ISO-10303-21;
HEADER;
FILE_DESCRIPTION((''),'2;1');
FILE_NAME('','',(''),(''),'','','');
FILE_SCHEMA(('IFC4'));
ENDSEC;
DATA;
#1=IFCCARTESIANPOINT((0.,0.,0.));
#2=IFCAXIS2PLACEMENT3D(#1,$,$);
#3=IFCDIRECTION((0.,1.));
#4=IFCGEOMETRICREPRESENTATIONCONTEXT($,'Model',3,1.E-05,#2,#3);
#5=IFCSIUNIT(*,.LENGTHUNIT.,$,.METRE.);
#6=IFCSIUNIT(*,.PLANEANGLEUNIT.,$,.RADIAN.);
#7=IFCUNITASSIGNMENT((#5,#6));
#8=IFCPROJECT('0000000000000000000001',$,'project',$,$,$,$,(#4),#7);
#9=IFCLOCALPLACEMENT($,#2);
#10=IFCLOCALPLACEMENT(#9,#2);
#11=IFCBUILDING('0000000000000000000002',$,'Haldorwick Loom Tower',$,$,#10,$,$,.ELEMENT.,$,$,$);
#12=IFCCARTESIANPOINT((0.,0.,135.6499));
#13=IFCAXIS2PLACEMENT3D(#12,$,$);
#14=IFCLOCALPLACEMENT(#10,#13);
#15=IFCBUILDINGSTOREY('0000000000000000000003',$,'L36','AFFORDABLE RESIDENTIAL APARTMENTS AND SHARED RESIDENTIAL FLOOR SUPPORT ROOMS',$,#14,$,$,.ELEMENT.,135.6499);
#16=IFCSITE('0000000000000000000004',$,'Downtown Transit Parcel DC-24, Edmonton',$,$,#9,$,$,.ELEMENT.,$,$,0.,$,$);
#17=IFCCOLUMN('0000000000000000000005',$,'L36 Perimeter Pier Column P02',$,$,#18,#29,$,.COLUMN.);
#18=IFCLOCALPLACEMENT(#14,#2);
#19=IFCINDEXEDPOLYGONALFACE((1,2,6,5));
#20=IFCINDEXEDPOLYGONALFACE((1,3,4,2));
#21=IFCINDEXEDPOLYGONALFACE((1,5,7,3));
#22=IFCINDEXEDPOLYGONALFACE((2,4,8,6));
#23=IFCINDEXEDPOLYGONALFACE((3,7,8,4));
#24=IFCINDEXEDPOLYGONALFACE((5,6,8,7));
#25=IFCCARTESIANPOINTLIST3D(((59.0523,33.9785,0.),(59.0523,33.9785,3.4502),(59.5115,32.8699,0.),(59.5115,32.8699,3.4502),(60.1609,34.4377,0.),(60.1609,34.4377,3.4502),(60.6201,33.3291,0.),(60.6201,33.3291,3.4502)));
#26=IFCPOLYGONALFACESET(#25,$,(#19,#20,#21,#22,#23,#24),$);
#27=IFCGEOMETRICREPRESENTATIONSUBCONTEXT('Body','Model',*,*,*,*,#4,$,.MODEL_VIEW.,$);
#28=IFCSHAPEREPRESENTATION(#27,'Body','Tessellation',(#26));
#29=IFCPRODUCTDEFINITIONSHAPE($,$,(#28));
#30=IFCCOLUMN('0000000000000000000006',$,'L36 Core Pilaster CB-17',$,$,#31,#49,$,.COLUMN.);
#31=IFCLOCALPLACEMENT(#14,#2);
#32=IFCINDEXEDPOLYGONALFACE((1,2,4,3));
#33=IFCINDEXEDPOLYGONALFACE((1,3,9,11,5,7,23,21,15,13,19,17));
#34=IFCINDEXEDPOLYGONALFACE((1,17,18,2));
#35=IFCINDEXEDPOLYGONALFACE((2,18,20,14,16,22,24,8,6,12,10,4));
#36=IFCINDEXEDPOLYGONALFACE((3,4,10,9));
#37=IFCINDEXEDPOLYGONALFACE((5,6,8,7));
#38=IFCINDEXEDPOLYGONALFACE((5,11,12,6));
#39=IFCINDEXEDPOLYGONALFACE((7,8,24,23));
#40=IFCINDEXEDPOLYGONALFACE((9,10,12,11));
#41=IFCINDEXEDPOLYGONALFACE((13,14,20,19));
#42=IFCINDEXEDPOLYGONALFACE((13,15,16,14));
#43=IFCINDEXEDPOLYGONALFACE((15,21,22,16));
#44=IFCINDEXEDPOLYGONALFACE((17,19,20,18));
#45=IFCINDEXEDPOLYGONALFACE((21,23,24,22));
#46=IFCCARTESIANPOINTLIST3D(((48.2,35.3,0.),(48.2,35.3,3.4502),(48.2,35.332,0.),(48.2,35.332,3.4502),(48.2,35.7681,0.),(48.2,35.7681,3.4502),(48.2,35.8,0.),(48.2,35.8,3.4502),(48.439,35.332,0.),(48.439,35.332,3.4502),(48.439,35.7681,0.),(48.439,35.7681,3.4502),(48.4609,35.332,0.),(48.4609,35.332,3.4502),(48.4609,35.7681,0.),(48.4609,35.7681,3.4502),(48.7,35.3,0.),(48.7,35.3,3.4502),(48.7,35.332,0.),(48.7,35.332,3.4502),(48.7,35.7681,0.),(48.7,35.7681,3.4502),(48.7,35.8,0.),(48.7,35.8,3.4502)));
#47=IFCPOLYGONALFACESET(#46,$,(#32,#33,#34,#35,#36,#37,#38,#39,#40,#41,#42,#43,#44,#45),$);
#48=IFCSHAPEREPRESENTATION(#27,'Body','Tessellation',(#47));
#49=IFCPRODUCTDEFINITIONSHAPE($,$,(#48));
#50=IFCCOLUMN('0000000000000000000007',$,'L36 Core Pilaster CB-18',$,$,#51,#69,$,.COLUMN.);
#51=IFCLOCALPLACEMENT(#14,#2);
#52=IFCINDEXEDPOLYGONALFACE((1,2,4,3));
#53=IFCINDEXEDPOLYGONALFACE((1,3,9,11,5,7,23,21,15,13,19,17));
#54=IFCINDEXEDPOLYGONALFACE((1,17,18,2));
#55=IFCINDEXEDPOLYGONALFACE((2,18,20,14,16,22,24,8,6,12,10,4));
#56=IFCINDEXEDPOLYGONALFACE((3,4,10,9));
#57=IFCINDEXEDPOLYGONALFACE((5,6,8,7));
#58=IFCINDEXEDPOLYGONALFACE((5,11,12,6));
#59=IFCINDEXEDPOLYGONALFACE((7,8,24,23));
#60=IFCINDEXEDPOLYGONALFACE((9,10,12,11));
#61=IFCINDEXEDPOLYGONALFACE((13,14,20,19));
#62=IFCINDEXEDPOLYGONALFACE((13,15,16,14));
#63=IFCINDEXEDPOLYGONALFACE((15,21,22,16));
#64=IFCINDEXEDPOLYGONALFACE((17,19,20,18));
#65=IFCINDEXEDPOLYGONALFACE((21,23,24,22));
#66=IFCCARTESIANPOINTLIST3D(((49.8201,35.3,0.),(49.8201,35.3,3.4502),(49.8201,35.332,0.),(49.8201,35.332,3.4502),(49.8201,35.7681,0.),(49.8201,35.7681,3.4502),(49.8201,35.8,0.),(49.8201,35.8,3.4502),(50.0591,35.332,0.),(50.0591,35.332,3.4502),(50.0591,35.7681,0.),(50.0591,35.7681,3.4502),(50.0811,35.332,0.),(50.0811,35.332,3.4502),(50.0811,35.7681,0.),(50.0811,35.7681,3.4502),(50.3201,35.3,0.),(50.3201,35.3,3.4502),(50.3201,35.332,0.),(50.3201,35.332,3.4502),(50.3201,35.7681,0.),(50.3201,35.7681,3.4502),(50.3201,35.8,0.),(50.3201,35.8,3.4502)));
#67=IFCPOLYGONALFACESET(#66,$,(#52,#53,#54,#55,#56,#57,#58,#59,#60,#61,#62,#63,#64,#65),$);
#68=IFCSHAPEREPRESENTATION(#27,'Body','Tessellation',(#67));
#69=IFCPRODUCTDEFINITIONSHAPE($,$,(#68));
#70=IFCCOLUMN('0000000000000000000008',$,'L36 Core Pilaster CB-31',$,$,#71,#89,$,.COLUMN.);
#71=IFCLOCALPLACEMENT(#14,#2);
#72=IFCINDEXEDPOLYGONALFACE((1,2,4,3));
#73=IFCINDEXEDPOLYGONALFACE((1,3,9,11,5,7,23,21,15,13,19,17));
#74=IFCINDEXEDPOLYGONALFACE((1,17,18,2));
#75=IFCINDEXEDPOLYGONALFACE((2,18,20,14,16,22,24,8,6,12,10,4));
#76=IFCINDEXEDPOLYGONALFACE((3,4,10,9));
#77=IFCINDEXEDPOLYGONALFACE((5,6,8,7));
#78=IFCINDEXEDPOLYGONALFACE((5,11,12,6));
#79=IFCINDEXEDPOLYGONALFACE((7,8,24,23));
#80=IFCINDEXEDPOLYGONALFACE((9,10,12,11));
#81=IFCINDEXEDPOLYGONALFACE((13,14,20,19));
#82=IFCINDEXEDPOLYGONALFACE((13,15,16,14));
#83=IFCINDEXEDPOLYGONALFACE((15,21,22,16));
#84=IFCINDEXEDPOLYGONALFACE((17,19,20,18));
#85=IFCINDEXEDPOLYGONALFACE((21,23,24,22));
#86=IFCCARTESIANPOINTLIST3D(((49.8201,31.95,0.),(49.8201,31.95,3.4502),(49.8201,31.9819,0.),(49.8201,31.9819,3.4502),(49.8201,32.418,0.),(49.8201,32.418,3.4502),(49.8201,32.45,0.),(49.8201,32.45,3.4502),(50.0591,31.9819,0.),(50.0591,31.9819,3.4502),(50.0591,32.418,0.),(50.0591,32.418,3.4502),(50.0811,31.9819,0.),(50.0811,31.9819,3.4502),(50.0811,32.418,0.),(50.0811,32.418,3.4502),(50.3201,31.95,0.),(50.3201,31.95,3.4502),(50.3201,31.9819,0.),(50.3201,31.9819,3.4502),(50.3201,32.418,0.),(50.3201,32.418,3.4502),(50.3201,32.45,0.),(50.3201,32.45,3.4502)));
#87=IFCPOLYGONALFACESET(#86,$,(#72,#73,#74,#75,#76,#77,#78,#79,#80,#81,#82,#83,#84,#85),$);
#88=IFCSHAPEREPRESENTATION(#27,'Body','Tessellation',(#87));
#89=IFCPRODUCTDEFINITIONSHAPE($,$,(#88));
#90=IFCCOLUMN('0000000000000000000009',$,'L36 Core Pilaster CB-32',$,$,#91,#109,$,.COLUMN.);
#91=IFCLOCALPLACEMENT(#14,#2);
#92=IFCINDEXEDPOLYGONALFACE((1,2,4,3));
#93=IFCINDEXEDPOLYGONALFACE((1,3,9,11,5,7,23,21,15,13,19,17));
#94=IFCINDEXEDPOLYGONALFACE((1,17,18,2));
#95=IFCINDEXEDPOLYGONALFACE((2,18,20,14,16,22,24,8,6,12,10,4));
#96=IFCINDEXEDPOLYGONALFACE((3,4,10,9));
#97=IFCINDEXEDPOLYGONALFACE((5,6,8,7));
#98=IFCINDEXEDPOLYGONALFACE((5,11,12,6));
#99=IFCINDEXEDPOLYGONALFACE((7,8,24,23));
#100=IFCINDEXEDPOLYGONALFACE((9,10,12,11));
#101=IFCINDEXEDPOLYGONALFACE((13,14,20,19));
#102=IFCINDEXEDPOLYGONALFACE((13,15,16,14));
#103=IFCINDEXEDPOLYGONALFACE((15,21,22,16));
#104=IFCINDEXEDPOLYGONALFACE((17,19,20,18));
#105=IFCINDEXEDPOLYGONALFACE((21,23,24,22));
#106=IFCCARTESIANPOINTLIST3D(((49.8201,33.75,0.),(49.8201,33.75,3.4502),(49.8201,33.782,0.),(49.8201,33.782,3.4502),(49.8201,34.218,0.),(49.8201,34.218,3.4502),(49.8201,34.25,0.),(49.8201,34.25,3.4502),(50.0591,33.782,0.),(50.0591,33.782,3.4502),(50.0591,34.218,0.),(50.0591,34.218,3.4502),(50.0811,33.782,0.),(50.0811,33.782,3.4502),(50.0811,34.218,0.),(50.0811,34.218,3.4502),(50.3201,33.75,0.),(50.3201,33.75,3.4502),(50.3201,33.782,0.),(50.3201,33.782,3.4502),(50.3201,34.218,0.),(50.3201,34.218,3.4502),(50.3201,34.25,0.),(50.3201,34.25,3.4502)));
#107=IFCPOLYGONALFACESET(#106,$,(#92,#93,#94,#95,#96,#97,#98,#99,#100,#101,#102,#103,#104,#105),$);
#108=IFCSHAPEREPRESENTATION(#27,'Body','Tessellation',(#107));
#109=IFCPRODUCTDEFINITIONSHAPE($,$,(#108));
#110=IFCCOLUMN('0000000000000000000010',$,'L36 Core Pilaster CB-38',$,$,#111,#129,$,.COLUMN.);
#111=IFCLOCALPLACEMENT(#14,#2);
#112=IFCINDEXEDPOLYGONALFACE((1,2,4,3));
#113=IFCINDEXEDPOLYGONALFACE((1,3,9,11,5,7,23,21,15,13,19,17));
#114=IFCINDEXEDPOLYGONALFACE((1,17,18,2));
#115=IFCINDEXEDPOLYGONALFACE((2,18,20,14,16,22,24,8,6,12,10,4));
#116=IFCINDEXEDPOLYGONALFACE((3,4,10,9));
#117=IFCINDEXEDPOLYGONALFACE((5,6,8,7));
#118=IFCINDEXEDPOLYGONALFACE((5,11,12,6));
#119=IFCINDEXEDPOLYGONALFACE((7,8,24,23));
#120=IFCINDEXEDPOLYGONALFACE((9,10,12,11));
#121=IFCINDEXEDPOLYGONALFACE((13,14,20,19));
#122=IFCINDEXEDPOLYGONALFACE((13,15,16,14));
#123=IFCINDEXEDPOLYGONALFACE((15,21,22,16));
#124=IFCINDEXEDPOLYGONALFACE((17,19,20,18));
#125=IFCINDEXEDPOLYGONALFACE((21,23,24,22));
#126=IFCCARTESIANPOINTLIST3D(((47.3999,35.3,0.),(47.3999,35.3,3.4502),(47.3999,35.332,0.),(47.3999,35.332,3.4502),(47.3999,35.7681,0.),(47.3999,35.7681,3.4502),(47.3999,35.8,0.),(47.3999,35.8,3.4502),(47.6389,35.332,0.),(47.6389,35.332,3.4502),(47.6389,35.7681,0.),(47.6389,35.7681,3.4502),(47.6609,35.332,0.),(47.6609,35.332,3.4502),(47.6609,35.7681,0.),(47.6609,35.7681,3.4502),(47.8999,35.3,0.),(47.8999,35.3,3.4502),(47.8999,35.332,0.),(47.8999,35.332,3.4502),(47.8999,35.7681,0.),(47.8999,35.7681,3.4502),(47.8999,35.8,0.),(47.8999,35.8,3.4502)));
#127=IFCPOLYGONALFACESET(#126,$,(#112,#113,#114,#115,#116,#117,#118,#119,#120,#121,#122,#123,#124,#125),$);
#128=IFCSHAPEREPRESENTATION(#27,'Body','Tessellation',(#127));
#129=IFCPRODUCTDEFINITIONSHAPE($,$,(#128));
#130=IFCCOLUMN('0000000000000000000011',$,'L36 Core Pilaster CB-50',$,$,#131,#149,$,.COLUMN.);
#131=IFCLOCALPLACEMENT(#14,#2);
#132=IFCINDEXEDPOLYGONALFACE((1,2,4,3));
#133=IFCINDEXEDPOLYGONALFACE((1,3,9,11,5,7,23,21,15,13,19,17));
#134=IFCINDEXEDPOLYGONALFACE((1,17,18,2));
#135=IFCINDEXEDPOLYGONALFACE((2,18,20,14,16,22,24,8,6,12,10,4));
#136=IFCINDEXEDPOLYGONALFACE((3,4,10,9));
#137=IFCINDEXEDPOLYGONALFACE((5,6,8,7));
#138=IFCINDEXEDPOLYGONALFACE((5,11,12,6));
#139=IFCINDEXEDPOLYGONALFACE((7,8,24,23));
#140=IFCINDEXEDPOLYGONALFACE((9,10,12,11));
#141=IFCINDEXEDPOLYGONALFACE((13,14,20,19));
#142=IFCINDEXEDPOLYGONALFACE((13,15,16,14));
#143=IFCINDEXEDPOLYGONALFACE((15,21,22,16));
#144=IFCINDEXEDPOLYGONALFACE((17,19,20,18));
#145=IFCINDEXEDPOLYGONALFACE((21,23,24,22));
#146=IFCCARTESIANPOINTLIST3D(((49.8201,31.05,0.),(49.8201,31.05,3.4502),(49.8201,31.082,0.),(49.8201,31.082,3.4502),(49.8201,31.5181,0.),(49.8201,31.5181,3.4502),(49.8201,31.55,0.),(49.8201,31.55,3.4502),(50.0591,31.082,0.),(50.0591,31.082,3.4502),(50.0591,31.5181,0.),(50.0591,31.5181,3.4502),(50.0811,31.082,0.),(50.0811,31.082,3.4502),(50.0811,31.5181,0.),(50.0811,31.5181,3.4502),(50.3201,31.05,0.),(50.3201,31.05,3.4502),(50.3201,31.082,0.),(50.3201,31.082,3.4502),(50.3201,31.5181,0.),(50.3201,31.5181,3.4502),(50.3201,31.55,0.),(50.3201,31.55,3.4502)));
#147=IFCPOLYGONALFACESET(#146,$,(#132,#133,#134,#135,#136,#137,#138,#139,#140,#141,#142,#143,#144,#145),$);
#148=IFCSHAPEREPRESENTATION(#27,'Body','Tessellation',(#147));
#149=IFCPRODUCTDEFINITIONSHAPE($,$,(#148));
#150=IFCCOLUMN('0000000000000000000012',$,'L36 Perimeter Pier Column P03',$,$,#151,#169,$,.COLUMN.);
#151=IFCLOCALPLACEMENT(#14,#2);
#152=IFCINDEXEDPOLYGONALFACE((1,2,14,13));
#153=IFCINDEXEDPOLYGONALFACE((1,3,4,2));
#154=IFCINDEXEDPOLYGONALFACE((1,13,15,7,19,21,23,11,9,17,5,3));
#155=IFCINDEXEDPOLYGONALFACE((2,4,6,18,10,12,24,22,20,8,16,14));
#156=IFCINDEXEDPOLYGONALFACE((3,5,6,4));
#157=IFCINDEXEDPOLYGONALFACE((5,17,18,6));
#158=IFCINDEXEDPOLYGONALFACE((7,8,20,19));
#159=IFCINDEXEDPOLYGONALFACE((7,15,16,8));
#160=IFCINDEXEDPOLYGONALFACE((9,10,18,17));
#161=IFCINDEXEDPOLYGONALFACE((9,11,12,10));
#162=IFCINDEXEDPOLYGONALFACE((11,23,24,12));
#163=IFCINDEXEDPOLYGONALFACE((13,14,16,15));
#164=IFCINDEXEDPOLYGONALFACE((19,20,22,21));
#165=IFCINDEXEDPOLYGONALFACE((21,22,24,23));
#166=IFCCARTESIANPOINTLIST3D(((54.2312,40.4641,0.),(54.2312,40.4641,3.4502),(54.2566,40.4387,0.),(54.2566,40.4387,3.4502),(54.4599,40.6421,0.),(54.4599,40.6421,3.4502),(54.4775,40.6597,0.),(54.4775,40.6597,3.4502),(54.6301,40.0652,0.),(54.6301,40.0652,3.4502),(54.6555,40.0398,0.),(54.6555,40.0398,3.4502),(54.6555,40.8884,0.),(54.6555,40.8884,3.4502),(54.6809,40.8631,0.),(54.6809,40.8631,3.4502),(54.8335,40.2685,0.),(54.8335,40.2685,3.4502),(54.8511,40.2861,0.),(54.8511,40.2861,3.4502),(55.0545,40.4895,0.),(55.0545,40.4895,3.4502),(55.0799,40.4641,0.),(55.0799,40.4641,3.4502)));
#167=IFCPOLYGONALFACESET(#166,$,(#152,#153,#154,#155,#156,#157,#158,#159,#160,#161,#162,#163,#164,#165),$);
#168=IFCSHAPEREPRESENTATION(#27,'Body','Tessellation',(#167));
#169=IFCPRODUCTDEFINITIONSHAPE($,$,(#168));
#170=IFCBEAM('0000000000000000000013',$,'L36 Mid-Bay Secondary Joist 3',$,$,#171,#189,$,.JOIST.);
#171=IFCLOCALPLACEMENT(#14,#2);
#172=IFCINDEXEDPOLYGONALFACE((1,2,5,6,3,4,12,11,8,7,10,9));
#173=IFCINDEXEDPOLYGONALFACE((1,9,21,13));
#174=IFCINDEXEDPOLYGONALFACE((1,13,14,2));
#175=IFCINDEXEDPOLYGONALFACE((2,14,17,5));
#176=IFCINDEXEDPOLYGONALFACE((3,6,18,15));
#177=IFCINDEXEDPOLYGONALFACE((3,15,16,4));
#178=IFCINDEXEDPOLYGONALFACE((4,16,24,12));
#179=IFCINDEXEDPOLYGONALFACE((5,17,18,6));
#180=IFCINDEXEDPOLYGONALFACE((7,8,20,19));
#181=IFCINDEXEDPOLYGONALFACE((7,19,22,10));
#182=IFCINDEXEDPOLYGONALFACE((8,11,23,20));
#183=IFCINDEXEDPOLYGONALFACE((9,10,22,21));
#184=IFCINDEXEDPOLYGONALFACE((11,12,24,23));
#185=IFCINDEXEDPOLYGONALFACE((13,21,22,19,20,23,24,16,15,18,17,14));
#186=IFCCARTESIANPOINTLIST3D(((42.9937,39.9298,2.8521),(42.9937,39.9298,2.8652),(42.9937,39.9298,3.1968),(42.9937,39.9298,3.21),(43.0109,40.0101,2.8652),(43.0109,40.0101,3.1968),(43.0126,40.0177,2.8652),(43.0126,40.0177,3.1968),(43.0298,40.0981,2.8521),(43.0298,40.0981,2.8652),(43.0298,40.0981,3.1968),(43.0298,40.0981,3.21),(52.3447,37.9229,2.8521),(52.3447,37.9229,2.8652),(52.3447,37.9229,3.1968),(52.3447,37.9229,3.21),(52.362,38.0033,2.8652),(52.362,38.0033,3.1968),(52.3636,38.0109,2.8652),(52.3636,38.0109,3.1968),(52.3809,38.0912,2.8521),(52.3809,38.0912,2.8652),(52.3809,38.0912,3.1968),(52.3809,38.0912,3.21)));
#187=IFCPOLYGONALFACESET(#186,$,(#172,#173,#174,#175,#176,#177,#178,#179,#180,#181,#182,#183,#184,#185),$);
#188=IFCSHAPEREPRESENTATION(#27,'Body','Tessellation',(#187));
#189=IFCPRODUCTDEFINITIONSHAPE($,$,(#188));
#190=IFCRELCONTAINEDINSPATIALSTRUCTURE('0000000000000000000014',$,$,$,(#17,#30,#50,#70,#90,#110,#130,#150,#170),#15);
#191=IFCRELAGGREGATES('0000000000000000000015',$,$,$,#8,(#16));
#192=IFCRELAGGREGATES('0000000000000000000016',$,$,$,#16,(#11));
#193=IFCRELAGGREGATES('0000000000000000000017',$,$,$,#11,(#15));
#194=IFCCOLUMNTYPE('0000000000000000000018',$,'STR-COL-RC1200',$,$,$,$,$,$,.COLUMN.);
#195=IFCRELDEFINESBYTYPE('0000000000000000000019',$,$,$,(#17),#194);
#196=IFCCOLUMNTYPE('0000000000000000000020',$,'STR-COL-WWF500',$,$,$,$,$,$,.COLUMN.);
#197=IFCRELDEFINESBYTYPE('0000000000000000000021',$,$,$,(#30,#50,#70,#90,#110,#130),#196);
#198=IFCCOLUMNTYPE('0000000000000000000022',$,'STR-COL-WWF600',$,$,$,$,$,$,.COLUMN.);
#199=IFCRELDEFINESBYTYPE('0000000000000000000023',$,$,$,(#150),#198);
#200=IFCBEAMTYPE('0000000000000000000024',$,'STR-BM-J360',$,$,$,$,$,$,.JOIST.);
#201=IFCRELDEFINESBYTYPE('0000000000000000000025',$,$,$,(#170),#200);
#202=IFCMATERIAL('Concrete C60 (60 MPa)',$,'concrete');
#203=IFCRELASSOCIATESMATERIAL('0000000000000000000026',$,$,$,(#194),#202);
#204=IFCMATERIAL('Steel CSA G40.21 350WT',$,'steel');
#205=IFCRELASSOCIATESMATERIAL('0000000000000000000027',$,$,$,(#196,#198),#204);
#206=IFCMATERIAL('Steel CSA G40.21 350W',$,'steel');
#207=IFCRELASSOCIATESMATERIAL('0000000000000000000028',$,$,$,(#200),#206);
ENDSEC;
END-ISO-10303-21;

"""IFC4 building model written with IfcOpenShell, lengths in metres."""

from ifc_helpers import new_model, si_unit, direction, frame, origin, origin_2d, place, context, subcontext, project, spatial, rectangle, i_section, extrude, material, material_profile, profile_set, type_object, element, save


model = new_model("IFC4")

# Units and contexts
model_context = context("Model", 3, precision=1e-05, world=origin(), true_north=direction((0.0, 1.0)))
body_context = subcontext(model_context, "Body", "Model", "MODEL_VIEW")
ifc_project = project(units=[si_unit("LENGTHUNIT", "METRE"), si_unit("PLANEANGLEUNIT", "RADIAN")], contexts=[model_context])

# Site, building, storey
site_placement = place(None, origin())
site = spatial("IfcSite", under=ifc_project, at=site_placement, Name="Downtown Transit Parcel DC-24, Edmonton", CompositionType="ELEMENT", RefElevation=0.0)
building_placement = place(site_placement, origin())
building = spatial("IfcBuilding", under=site, at=building_placement, Name="Haldorwick Loom Tower", CompositionType="ELEMENT")
storey_placement = place(building_placement, frame((0.0, 0.0, 135.6499)))
storey = spatial("IfcBuildingStorey", under=building, at=storey_placement, Name="L36", Description="AFFORDABLE RESIDENTIAL APARTMENTS AND SHARED RESIDENTIAL FLOOR SUPPORT ROOMS", CompositionType="ELEMENT", Elevation=135.6499)

# Columns
ifc_material_1 = material(Name="Concrete C60 (60 MPa)", Category="concrete")
ifc_material_profile_1 = material_profile(ifc_material_1, rectangle(XDim=1.2, YDim=1.2, at=origin_2d()), Name="RC1200X1200", Category="concrete")
ifc_profile_set_1 = profile_set([ifc_material_profile_1], Name="Concrete C60 (60 MPa)")
column_type_1 = type_object("IfcColumnType", Name="STR-COL-RC1200", PredefinedType="COLUMN", material=ifc_profile_set_1)
column_1_placement = place(storey_placement, frame((59.8362, 33.6538, 0.0), z_axis=(0.0, 0.0, 1.0), x_axis=(0.92388, 0.382683, 0.0)))
element("IfcColumn", 1, at=column_1_placement, inside=storey, type_object=column_type_1, Name="L36 Perimeter Pier Column P02", PredefinedType="COLUMN", context=body_context, shape_type="SweptSolid", body=[
    extrude(rectangle(XDim=1.2, YDim=1.2, at=origin_2d()), origin(), (0.0, 0.0, 1.0), 3.4502),
])
ifc_material_2 = material(Name="Steel CSA G40.21 350WT", Category="steel")
ifc_material_profile_2 = material_profile(ifc_material_2, i_section(OverallWidth=0.5, OverallDepth=0.5, WebThickness=0.022, FlangeThickness=0.032, at=origin_2d()), Name="WWF500X500", Category="steel")
ifc_profile_set_2 = profile_set([ifc_material_profile_2], Name="Steel CSA G40.21 350WT")
column_type_2 = type_object("IfcColumnType", Name="STR-COL-WWF500", PredefinedType="COLUMN", material=ifc_profile_set_2)
for number, where, z_axis, x_axis, name in (
    (2, (48.45, 35.55, 0.0), (0.0, 0.0, 1.0), (1.0, 0.0, 0.0), "L36 Core Pilaster CB-17"),
    (3, (50.0701, 35.55, 0.0), (0.0, 0.0, 1.0), (1.0, 0.0, 0.0), "L36 Core Pilaster CB-18"),
    (4, (50.0701, 32.2, 0.0), (0.0, 0.0, 1.0), (1.0, 0.0, 0.0), "L36 Core Pilaster CB-31"),
    (5, (50.0701, 34.0, 0.0), (0.0, 0.0, 1.0), (1.0, 0.0, 0.0), "L36 Core Pilaster CB-32"),
    (6, (47.6499, 35.55, 0.0), (0.0, 0.0, 1.0), (1.0, 0.0, 0.0), "L36 Core Pilaster CB-38"),
    (7, (50.0701, 31.3, 0.0), (0.0, 0.0, 1.0), (1.0, 0.0, 0.0), "L36 Core Pilaster CB-50"),
):
    element("IfcColumn", number, at=place(storey_placement, frame(where, z_axis=z_axis, x_axis=x_axis)), inside=storey, type_object=column_type_2, Name=name, PredefinedType="COLUMN", context=body_context, shape_type="SweptSolid", body=[
        extrude(i_section(OverallWidth=0.5, OverallDepth=0.5, WebThickness=0.022, FlangeThickness=0.032, at=origin_2d()), origin(), (0.0, 0.0, 1.0), 3.4502),
    ])
ifc_material_profile_3 = material_profile(ifc_material_2, i_section(OverallWidth=0.6001, OverallDepth=0.6001, WebThickness=0.0249, FlangeThickness=0.0359, at=origin_2d()), Name="WWF600X600", Category="steel")
ifc_profile_set_3 = profile_set([ifc_material_profile_3], Name="Steel CSA G40.21 350WT")
column_type_3 = type_object("IfcColumnType", Name="STR-COL-WWF600", PredefinedType="COLUMN", material=ifc_profile_set_3)
column_2_placement = place(storey_placement, frame((54.6555, 40.4641, 0.0), z_axis=(0.0, 0.0, 1.0), x_axis=(0.707107, 0.707107, 0.0)))
element("IfcColumn", 8, at=column_2_placement, inside=storey, type_object=column_type_3, Name="L36 Perimeter Pier Column P03", PredefinedType="COLUMN", context=body_context, shape_type="SweptSolid", body=[
    extrude(i_section(OverallWidth=0.6001, OverallDepth=0.6001, WebThickness=0.0249, FlangeThickness=0.0359, at=origin_2d()), origin(), (0.0, 0.0, 1.0), 3.4502),
])

# Beam
ifc_material_3 = material(Name="Steel CSA G40.21 350W", Category="steel")
ifc_material_profile_4 = material_profile(ifc_material_3, i_section(OverallWidth=0.1721, OverallDepth=0.3579, WebThickness=0.0078, FlangeThickness=0.0132, at=origin_2d()), Name="W360X57", Category="steel")
ifc_profile_set_4 = profile_set([ifc_material_profile_4], Name="Steel CSA G40.21 350W")
beam_type_1 = type_object("IfcBeamType", Name="STR-BM-J360", PredefinedType="JOIST", material=ifc_profile_set_4)
beam_1_placement = place(storey_placement, frame((52.3628, 38.0071, 3.031), z_axis=(-0.977737, 0.209832, 0.0), x_axis=(-0.209832, -0.977737, 0.0)))
element("IfcBeam", 9, at=beam_1_placement, inside=storey, type_object=beam_type_1, Name="L36 Mid-Bay Secondary Joist 3", PredefinedType="JOIST", context=body_context, shape_type="SweptSolid", body=[
    extrude(i_section(OverallWidth=0.1721, OverallDepth=0.3579, WebThickness=0.0078, FlangeThickness=0.0132, at=origin_2d()), origin(), (0.0, 0.0, 1.0), 9.564),
])

save(model, "model.ifc")
